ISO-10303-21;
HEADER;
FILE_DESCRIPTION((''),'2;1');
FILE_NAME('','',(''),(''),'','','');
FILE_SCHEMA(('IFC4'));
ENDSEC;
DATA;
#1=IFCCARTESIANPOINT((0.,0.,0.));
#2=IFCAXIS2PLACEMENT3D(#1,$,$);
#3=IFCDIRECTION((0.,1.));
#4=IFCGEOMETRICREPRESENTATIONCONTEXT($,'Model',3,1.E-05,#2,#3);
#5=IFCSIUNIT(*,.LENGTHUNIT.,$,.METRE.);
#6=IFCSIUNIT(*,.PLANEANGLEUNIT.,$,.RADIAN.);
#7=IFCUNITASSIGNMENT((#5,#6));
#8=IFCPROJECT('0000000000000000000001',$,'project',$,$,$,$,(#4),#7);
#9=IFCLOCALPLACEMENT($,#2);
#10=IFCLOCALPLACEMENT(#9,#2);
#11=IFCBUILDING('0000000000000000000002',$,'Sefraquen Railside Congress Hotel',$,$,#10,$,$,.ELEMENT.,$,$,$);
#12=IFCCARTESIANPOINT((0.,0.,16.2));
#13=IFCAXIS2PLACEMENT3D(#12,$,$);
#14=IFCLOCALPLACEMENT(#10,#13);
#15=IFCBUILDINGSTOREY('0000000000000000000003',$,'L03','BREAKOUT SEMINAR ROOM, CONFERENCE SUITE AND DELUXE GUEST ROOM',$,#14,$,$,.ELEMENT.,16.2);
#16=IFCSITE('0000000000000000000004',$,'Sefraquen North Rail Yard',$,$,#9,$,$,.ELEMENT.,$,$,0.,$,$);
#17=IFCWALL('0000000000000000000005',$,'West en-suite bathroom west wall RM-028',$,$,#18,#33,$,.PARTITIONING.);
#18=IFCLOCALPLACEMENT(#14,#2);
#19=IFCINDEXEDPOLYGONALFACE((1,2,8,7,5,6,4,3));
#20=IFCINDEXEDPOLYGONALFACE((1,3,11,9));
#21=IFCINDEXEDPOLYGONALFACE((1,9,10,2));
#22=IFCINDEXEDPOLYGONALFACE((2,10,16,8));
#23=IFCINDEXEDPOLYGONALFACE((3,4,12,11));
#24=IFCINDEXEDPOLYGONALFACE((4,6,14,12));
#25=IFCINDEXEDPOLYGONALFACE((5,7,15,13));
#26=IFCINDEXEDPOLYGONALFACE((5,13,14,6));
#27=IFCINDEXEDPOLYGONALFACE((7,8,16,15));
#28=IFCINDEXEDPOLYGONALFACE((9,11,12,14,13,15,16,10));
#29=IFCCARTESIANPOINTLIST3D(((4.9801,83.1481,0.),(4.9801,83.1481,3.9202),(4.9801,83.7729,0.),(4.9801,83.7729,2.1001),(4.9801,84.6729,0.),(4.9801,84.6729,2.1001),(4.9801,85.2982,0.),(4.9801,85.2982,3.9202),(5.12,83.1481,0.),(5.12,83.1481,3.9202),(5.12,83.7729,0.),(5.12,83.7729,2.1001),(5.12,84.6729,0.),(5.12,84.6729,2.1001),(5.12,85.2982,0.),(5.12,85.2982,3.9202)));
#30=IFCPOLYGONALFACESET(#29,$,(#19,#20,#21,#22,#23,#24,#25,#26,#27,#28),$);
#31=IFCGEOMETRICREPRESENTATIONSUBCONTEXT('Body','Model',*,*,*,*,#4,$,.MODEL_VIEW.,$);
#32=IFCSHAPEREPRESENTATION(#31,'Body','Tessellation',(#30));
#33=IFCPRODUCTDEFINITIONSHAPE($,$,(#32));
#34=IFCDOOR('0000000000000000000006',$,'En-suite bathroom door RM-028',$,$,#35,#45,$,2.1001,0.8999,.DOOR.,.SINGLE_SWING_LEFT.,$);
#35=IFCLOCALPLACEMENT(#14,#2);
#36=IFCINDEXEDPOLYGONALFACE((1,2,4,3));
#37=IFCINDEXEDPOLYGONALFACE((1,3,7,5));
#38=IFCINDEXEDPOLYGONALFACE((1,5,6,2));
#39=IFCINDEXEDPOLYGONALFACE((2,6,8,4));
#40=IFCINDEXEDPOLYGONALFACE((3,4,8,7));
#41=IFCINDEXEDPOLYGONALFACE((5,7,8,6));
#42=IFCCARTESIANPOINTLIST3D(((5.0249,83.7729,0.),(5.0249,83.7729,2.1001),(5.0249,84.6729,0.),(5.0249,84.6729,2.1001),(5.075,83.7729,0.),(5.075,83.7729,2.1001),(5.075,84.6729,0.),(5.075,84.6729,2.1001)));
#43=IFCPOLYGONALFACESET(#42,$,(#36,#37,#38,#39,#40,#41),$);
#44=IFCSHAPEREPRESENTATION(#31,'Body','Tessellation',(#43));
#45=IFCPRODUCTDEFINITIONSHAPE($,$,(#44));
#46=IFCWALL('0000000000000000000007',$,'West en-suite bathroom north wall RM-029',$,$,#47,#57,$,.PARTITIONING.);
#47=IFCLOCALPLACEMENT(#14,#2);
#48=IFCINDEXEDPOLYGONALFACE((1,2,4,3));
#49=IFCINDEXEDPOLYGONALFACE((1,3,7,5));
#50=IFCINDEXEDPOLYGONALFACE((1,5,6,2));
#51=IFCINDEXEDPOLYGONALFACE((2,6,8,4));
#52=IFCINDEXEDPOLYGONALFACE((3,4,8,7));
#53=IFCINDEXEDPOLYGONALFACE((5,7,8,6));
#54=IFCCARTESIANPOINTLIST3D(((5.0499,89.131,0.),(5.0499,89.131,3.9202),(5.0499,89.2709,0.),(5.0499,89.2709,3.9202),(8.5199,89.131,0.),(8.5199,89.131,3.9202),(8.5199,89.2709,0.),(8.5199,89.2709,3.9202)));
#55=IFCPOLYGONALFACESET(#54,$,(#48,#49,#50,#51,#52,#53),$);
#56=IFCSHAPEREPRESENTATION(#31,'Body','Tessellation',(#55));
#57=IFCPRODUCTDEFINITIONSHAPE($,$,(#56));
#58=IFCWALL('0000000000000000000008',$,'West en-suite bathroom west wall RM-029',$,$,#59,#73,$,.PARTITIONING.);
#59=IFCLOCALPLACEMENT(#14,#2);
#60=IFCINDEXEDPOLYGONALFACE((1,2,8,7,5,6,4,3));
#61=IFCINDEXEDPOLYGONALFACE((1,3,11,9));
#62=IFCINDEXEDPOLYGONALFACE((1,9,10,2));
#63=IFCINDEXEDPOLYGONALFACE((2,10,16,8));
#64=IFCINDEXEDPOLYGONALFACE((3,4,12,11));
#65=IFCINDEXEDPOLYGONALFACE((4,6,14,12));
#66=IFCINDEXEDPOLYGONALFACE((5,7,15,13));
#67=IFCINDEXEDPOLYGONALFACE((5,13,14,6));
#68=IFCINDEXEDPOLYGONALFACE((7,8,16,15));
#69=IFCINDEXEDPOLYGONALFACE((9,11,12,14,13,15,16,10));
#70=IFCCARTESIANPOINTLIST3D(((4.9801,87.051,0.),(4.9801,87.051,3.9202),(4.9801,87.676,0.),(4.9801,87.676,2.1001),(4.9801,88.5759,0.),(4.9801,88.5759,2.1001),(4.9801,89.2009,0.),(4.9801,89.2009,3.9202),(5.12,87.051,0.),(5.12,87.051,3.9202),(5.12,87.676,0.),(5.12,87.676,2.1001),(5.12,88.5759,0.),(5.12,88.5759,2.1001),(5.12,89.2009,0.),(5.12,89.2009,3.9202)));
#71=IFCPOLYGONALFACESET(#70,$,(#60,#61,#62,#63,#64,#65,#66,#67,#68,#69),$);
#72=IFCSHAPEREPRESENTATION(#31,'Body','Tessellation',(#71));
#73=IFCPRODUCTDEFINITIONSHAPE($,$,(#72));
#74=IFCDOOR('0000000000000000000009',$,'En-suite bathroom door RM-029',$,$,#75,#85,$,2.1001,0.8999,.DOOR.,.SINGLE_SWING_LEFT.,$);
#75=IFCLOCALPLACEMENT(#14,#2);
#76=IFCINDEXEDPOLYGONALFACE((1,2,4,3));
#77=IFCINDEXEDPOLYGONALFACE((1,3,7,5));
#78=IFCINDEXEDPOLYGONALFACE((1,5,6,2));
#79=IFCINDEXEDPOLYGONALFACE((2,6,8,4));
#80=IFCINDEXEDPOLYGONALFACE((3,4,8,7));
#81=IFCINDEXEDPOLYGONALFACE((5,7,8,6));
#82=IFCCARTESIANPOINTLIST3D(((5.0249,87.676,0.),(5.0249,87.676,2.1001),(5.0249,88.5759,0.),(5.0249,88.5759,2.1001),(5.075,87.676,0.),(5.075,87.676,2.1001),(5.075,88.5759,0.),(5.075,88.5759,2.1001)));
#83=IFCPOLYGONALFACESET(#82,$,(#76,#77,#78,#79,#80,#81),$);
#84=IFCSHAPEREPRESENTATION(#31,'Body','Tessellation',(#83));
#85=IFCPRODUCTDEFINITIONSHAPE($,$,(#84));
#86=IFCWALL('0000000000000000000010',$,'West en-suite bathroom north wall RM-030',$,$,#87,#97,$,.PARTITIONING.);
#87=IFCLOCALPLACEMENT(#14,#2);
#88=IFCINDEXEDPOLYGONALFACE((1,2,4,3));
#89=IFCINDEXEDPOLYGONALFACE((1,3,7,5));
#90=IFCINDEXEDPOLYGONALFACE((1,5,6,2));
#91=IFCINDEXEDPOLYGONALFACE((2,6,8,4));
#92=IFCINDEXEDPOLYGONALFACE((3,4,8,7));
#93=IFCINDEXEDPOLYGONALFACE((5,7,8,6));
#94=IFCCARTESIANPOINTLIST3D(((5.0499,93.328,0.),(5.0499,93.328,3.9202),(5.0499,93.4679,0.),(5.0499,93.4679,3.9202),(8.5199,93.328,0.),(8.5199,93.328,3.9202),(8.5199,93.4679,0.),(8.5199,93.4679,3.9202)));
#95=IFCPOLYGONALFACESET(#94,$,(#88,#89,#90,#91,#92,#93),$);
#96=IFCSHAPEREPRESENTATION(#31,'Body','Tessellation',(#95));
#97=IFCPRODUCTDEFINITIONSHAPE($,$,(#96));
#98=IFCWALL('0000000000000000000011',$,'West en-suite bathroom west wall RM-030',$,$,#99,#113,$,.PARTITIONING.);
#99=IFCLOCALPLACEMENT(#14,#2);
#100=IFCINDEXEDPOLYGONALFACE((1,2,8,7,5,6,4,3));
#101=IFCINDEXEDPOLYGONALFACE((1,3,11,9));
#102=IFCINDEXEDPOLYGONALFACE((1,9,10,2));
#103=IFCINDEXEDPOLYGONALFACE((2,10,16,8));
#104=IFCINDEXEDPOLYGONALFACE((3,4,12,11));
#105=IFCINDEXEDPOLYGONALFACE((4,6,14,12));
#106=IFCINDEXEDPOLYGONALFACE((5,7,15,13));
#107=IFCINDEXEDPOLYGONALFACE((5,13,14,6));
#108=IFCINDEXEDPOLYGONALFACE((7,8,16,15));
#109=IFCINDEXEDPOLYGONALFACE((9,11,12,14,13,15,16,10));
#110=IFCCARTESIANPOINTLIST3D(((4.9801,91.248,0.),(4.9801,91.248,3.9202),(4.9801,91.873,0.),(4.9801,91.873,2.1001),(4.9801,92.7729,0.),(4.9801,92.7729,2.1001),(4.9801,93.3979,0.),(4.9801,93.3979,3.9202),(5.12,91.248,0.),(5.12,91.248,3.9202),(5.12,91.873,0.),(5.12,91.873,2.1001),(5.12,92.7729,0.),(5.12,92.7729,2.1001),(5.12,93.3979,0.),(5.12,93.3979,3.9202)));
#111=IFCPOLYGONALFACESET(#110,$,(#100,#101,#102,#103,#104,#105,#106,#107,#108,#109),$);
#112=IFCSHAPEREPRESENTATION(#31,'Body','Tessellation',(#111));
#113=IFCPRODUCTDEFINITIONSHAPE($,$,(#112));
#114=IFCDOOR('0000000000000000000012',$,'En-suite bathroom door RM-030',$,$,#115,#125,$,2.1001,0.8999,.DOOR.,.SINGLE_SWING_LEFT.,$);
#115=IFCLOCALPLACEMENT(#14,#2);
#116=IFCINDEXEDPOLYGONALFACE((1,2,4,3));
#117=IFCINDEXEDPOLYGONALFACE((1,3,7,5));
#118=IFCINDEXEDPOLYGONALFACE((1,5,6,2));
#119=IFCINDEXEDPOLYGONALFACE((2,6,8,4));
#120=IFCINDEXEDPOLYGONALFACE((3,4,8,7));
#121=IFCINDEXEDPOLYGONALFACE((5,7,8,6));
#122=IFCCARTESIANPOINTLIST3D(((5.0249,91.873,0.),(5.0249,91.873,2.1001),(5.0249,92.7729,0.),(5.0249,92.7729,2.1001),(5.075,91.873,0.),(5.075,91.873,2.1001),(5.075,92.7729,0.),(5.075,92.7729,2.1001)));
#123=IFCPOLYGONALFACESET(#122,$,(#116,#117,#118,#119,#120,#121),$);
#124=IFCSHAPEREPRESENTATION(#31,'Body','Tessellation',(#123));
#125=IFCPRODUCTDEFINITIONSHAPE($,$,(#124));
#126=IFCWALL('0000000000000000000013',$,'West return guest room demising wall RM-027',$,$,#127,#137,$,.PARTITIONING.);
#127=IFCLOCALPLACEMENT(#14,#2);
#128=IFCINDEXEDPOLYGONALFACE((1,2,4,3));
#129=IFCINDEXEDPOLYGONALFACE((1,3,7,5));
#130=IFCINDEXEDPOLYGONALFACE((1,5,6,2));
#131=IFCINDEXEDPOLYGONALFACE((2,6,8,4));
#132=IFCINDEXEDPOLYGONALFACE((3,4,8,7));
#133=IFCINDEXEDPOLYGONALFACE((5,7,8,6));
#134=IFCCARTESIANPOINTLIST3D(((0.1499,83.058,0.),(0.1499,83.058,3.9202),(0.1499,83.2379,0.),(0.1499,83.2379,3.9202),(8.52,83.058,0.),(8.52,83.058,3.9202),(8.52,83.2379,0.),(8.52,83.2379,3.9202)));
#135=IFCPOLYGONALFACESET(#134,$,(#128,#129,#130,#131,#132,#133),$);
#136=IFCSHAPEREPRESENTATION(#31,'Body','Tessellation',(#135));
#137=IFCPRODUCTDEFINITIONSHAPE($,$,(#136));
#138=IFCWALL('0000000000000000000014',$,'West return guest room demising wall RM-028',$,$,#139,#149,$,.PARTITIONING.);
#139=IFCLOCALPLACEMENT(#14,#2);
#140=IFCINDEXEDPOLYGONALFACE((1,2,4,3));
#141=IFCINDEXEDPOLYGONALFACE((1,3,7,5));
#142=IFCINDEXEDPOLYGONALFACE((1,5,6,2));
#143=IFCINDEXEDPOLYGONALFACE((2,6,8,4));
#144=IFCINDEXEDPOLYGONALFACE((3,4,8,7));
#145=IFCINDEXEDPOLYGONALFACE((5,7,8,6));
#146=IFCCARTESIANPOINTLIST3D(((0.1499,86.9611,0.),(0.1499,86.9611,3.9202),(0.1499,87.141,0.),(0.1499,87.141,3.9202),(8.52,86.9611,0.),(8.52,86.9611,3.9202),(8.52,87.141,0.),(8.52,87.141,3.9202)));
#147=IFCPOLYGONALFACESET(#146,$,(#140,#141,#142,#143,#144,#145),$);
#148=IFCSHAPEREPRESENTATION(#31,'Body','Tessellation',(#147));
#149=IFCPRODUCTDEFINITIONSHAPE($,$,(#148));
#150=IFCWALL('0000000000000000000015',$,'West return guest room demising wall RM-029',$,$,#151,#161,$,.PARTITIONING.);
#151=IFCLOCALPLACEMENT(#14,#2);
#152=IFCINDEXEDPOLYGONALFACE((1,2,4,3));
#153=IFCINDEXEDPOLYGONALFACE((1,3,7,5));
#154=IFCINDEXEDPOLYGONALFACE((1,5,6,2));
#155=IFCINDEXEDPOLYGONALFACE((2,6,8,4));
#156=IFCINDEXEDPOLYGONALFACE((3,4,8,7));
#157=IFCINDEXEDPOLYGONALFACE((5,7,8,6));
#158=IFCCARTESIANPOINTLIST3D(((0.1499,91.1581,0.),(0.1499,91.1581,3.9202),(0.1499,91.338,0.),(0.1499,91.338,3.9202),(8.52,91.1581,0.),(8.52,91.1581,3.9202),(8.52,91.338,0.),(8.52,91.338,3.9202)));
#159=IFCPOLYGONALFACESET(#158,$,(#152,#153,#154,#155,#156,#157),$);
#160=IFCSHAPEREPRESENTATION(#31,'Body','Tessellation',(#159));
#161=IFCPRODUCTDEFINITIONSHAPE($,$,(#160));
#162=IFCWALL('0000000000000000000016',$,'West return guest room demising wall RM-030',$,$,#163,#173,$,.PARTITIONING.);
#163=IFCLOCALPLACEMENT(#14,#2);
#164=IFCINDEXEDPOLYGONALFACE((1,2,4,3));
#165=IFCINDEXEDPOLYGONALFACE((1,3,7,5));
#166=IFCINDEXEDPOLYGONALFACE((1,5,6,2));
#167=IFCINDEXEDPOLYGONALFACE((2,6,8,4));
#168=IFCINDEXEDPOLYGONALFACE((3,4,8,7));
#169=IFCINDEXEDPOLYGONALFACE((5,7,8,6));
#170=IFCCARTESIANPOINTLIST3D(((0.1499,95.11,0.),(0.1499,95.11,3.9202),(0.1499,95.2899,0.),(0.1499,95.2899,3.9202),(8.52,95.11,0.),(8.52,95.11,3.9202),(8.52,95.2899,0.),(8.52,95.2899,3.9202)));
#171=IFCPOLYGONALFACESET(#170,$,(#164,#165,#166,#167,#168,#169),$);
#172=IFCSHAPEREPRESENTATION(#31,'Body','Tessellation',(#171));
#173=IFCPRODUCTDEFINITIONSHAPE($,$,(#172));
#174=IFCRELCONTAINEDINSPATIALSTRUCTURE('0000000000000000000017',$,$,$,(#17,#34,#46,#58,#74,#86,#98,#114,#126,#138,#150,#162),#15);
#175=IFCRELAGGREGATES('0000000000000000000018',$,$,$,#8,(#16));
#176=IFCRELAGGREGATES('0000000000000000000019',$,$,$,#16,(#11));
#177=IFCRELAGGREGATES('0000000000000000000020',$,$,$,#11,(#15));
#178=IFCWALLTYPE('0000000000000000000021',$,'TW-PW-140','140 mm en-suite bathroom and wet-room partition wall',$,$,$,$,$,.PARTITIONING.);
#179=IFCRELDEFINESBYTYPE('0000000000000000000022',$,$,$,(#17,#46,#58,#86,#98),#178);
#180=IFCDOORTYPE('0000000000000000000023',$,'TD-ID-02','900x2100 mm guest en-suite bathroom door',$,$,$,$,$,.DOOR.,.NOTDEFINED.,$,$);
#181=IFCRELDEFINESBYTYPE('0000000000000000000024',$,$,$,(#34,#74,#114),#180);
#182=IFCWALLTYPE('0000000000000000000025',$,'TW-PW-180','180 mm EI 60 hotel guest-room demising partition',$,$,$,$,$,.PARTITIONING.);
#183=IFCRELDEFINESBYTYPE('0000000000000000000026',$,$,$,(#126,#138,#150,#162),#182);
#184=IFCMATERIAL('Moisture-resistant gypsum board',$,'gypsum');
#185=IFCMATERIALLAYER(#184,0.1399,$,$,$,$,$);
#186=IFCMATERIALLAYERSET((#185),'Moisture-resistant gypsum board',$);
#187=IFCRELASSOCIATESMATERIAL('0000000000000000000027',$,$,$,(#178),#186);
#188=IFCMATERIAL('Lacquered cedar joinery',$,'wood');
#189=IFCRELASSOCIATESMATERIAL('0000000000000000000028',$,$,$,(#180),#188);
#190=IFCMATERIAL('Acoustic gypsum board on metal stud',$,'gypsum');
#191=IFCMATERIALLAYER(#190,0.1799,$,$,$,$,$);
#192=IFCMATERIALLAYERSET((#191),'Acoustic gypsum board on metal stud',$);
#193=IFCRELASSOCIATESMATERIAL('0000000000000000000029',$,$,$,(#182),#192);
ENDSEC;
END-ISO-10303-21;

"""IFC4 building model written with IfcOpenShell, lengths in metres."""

from ifc_helpers import new_model, si_unit, direction, frame, frame_2d, origin, place, context, subcontext, project, spatial, rectangle, extrude, material, layer, layer_set, type_object, element, fill, save


model = new_model("IFC4")

# Units and contexts
model_context = context("Model", 3, precision=1e-05, world=origin(), true_north=direction((0.0, 1.0)))
body_context = subcontext(model_context, "Body", "Model", "MODEL_VIEW")
ifc_project = project(units=[si_unit("LENGTHUNIT", "METRE"), si_unit("PLANEANGLEUNIT", "RADIAN")], contexts=[model_context])

# Site, building, storey
site_placement = place(None, origin())
site = spatial("IfcSite", under=ifc_project, at=site_placement, Name="Sefraquen North Rail Yard", CompositionType="ELEMENT", RefElevation=0.0)
building_placement = place(site_placement, origin())
building = spatial("IfcBuilding", under=site, at=building_placement, Name="Sefraquen Railside Congress Hotel", CompositionType="ELEMENT")
storey_placement = place(building_placement, frame((0.0, 0.0, 16.2)))
storey = spatial("IfcBuildingStorey", under=building, at=storey_placement, Name="L03", Description="BREAKOUT SEMINAR ROOM, CONFERENCE SUITE AND DELUXE GUEST ROOM", CompositionType="ELEMENT", Elevation=16.2)

# Shared definitions
ifc_material_1 = material(Name="Moisture-resistant gypsum board", Category="gypsum")
ifc_layer_1 = layer(ifc_material_1, 0.1399)
ifc_layer_set_1 = layer_set([ifc_layer_1], Name="Moisture-resistant gypsum board")
wall_type_1 = type_object("IfcWallType", Name="TW-PW-140", Description="140 mm en-suite bathroom and wet-room partition wall", PredefinedType="PARTITIONING", material=ifc_layer_set_1)

# Wall, opening, door
wall_1_placement = place(storey_placement, frame((5.05, 83.1479, 0.0), z_axis=(0.0, 0.0, 1.0), x_axis=(0.0, 1.0, 0.0)))
wall_1 = element("IfcWall", 1, at=wall_1_placement, inside=storey, type_object=wall_type_1, Name="West en-suite bathroom west wall RM-028", PredefinedType="PARTITIONING", context=body_context, shape_type="SweptSolid", body=[
    extrude(rectangle(XDim=2.1501, YDim=0.1399, at=frame_2d((1.0752, 0.0))), origin(), (0.0, 0.0, 1.0), 3.9202),
])
opening_1_placement = place(wall_1_placement, frame((0.625, 0.0, 0.0)))
opening_1 = element("IfcOpeningElement", 2, at=opening_1_placement, cuts=wall_1, PredefinedType="OPENING", context=body_context, shape_type="SweptSolid", body=[
    extrude(rectangle(XDim=0.8999, YDim=2.1001, at=frame_2d((0.45, 1.05))), frame((0.0, 0.0798, 0.0), z_axis=(0.0, -1.0, 0.0), x_axis=(1.0, 0.0, 0.0)), (0.0, 0.0, 1.0), 0.1599),
])
ifc_material_2 = material(Name="Lacquered cedar joinery", Category="wood")
door_type = type_object("IfcDoorType", Name="TD-ID-02", Description="900x2100 mm guest en-suite bathroom door", OperationType="NOTDEFINED", PredefinedType="DOOR", material=ifc_material_2)
door_1_placement = place(opening_1_placement, frame((0.8999, 0.0, 0.0), z_axis=(0.0, 0.0, 1.0), x_axis=(-1.0, 0.0, 0.0)))
door_1 = element("IfcDoor", 3, at=door_1_placement, inside=storey, type_object=door_type, Name="En-suite bathroom door RM-028", OperationType="SINGLE_SWING_LEFT", OverallHeight=2.1001, OverallWidth=0.8999, PredefinedType="DOOR", context=body_context, shape_type="SweptSolid", body=[
    extrude(rectangle(XDim=0.8999, YDim=2.1001, at=frame_2d((0.45, 1.05))), frame((0.0, 0.0249, 0.0), z_axis=(0.0, -1.0, 0.0), x_axis=(1.0, 0.0, 0.0)), (0.0, 0.0, 1.0), 0.05),
])
fill(opening_1, door_1)

# Wall
wall_2_placement = place(storey_placement, frame((5.05, 89.2009, 0.0), z_axis=(0.0, 0.0, 1.0), x_axis=(1.0, 0.0, 0.0)))
element("IfcWall", 4, at=wall_2_placement, inside=storey, type_object=wall_type_1, Name="West en-suite bathroom north wall RM-029", PredefinedType="PARTITIONING", context=body_context, shape_type="SweptSolid", body=[
    extrude(rectangle(XDim=3.47, YDim=0.1399, at=frame_2d((1.7349, 0.0))), origin(), (0.0, 0.0, 1.0), 3.9202),
])

# Wall, opening, door
wall_3_placement = place(storey_placement, frame((5.05, 87.051, 0.0), z_axis=(0.0, 0.0, 1.0), x_axis=(0.0, 1.0, 0.0)))
wall_3 = element("IfcWall", 5, at=wall_3_placement, inside=storey, type_object=wall_type_1, Name="West en-suite bathroom west wall RM-029", PredefinedType="PARTITIONING", context=body_context, shape_type="SweptSolid", body=[
    extrude(rectangle(XDim=2.1499, YDim=0.1399, at=frame_2d((1.075, 0.0))), origin(), (0.0, 0.0, 1.0), 3.9202),
])
opening_2_placement = place(wall_3_placement, frame((0.625, 0.0, 0.0)))
opening_2 = element("IfcOpeningElement", 6, at=opening_2_placement, cuts=wall_3, PredefinedType="OPENING", context=body_context, shape_type="SweptSolid", body=[
    extrude(rectangle(XDim=0.8999, YDim=2.1001, at=frame_2d((0.45, 1.05))), frame((0.0, 0.0798, 0.0), z_axis=(0.0, -1.0, 0.0), x_axis=(1.0, 0.0, 0.0)), (0.0, 0.0, 1.0), 0.1599),
])
door_2_placement = place(opening_2_placement, frame((0.8999, 0.0, 0.0), z_axis=(0.0, 0.0, 1.0), x_axis=(-1.0, 0.0, 0.0)))
door_2 = element("IfcDoor", 7, at=door_2_placement, inside=storey, type_object=door_type, Name="En-suite bathroom door RM-029", OperationType="SINGLE_SWING_LEFT", OverallHeight=2.1001, OverallWidth=0.8999, PredefinedType="DOOR", context=body_context, shape_type="SweptSolid", body=[
    extrude(rectangle(XDim=0.8999, YDim=2.1001, at=frame_2d((0.45, 1.05))), frame((0.0, 0.0249, 0.0), z_axis=(0.0, -1.0, 0.0), x_axis=(1.0, 0.0, 0.0)), (0.0, 0.0, 1.0), 0.05),
])
fill(opening_2, door_2)

# Wall
wall_4_placement = place(storey_placement, frame((5.05, 93.3979, 0.0), z_axis=(0.0, 0.0, 1.0), x_axis=(1.0, 0.0, 0.0)))
element("IfcWall", 8, at=wall_4_placement, inside=storey, type_object=wall_type_1, Name="West en-suite bathroom north wall RM-030", PredefinedType="PARTITIONING", context=body_context, shape_type="SweptSolid", body=[
    extrude(rectangle(XDim=3.47, YDim=0.1399, at=frame_2d((1.7349, 0.0))), origin(), (0.0, 0.0, 1.0), 3.9202),
])

# Wall, opening, door
wall_5_placement = place(storey_placement, frame((5.05, 91.248, 0.0), z_axis=(0.0, 0.0, 1.0), x_axis=(0.0, 1.0, 0.0)))
wall_5 = element("IfcWall", 9, at=wall_5_placement, inside=storey, type_object=wall_type_1, Name="West en-suite bathroom west wall RM-030", PredefinedType="PARTITIONING", context=body_context, shape_type="SweptSolid", body=[
    extrude(rectangle(XDim=2.1499, YDim=0.1399, at=frame_2d((1.075, 0.0))), origin(), (0.0, 0.0, 1.0), 3.9202),
])
opening_3_placement = place(wall_5_placement, frame((0.625, 0.0, 0.0)))
opening_3 = element("IfcOpeningElement", 10, at=opening_3_placement, cuts=wall_5, PredefinedType="OPENING", context=body_context, shape_type="SweptSolid", body=[
    extrude(rectangle(XDim=0.8999, YDim=2.1001, at=frame_2d((0.45, 1.05))), frame((0.0, 0.0798, 0.0), z_axis=(0.0, -1.0, 0.0), x_axis=(1.0, 0.0, 0.0)), (0.0, 0.0, 1.0), 0.1599),
])
door_3_placement = place(opening_3_placement, frame((0.8999, 0.0, 0.0), z_axis=(0.0, 0.0, 1.0), x_axis=(-1.0, 0.0, 0.0)))
door_3 = element("IfcDoor", 11, at=door_3_placement, inside=storey, type_object=door_type, Name="En-suite bathroom door RM-030", OperationType="SINGLE_SWING_LEFT", OverallHeight=2.1001, OverallWidth=0.8999, PredefinedType="DOOR", context=body_context, shape_type="SweptSolid", body=[
    extrude(rectangle(XDim=0.8999, YDim=2.1001, at=frame_2d((0.45, 1.05))), frame((0.0, 0.0249, 0.0), z_axis=(0.0, -1.0, 0.0), x_axis=(1.0, 0.0, 0.0)), (0.0, 0.0, 1.0), 0.05),
])
fill(opening_3, door_3)

# Walls
ifc_material_3 = material(Name="Acoustic gypsum board on metal stud", Category="gypsum")
ifc_layer_2 = layer(ifc_material_3, 0.1799)
ifc_layer_set_2 = layer_set([ifc_layer_2], Name="Acoustic gypsum board on metal stud")
wall_type_2 = type_object("IfcWallType", Name="TW-PW-180", Description="180 mm EI 60 hotel guest-room demising partition", PredefinedType="PARTITIONING", material=ifc_layer_set_2)
for number, where, z_axis, x_axis, name in (
    (12, (0.1499, 83.1479, 0.0), (0.0, 0.0, 1.0), (1.0, 0.0, 0.0), "West return guest room demising wall RM-027"),
    (13, (0.1499, 87.051, 0.0), (0.0, 0.0, 1.0), (1.0, 0.0, 0.0), "West return guest room demising wall RM-028"),
    (14, (0.1499, 91.248, 0.0), (0.0, 0.0, 1.0), (1.0, 0.0, 0.0), "West return guest room demising wall RM-029"),
    (15, (0.1499, 95.2, 0.0), (0.0, 0.0, 1.0), (1.0, 0.0, 0.0), "West return guest room demising wall RM-030"),
):
    element("IfcWall", number, at=place(storey_placement, frame(where, z_axis=z_axis, x_axis=x_axis)), inside=storey, type_object=wall_type_2, Name=name, PredefinedType="PARTITIONING", context=body_context, shape_type="SweptSolid", body=[
        extrude(rectangle(XDim=8.3701, YDim=0.1799, at=frame_2d((4.1851, 0.0))), origin(), (0.0, 0.0, 1.0), 3.9202),
    ])

save(model, "model.ifc")
